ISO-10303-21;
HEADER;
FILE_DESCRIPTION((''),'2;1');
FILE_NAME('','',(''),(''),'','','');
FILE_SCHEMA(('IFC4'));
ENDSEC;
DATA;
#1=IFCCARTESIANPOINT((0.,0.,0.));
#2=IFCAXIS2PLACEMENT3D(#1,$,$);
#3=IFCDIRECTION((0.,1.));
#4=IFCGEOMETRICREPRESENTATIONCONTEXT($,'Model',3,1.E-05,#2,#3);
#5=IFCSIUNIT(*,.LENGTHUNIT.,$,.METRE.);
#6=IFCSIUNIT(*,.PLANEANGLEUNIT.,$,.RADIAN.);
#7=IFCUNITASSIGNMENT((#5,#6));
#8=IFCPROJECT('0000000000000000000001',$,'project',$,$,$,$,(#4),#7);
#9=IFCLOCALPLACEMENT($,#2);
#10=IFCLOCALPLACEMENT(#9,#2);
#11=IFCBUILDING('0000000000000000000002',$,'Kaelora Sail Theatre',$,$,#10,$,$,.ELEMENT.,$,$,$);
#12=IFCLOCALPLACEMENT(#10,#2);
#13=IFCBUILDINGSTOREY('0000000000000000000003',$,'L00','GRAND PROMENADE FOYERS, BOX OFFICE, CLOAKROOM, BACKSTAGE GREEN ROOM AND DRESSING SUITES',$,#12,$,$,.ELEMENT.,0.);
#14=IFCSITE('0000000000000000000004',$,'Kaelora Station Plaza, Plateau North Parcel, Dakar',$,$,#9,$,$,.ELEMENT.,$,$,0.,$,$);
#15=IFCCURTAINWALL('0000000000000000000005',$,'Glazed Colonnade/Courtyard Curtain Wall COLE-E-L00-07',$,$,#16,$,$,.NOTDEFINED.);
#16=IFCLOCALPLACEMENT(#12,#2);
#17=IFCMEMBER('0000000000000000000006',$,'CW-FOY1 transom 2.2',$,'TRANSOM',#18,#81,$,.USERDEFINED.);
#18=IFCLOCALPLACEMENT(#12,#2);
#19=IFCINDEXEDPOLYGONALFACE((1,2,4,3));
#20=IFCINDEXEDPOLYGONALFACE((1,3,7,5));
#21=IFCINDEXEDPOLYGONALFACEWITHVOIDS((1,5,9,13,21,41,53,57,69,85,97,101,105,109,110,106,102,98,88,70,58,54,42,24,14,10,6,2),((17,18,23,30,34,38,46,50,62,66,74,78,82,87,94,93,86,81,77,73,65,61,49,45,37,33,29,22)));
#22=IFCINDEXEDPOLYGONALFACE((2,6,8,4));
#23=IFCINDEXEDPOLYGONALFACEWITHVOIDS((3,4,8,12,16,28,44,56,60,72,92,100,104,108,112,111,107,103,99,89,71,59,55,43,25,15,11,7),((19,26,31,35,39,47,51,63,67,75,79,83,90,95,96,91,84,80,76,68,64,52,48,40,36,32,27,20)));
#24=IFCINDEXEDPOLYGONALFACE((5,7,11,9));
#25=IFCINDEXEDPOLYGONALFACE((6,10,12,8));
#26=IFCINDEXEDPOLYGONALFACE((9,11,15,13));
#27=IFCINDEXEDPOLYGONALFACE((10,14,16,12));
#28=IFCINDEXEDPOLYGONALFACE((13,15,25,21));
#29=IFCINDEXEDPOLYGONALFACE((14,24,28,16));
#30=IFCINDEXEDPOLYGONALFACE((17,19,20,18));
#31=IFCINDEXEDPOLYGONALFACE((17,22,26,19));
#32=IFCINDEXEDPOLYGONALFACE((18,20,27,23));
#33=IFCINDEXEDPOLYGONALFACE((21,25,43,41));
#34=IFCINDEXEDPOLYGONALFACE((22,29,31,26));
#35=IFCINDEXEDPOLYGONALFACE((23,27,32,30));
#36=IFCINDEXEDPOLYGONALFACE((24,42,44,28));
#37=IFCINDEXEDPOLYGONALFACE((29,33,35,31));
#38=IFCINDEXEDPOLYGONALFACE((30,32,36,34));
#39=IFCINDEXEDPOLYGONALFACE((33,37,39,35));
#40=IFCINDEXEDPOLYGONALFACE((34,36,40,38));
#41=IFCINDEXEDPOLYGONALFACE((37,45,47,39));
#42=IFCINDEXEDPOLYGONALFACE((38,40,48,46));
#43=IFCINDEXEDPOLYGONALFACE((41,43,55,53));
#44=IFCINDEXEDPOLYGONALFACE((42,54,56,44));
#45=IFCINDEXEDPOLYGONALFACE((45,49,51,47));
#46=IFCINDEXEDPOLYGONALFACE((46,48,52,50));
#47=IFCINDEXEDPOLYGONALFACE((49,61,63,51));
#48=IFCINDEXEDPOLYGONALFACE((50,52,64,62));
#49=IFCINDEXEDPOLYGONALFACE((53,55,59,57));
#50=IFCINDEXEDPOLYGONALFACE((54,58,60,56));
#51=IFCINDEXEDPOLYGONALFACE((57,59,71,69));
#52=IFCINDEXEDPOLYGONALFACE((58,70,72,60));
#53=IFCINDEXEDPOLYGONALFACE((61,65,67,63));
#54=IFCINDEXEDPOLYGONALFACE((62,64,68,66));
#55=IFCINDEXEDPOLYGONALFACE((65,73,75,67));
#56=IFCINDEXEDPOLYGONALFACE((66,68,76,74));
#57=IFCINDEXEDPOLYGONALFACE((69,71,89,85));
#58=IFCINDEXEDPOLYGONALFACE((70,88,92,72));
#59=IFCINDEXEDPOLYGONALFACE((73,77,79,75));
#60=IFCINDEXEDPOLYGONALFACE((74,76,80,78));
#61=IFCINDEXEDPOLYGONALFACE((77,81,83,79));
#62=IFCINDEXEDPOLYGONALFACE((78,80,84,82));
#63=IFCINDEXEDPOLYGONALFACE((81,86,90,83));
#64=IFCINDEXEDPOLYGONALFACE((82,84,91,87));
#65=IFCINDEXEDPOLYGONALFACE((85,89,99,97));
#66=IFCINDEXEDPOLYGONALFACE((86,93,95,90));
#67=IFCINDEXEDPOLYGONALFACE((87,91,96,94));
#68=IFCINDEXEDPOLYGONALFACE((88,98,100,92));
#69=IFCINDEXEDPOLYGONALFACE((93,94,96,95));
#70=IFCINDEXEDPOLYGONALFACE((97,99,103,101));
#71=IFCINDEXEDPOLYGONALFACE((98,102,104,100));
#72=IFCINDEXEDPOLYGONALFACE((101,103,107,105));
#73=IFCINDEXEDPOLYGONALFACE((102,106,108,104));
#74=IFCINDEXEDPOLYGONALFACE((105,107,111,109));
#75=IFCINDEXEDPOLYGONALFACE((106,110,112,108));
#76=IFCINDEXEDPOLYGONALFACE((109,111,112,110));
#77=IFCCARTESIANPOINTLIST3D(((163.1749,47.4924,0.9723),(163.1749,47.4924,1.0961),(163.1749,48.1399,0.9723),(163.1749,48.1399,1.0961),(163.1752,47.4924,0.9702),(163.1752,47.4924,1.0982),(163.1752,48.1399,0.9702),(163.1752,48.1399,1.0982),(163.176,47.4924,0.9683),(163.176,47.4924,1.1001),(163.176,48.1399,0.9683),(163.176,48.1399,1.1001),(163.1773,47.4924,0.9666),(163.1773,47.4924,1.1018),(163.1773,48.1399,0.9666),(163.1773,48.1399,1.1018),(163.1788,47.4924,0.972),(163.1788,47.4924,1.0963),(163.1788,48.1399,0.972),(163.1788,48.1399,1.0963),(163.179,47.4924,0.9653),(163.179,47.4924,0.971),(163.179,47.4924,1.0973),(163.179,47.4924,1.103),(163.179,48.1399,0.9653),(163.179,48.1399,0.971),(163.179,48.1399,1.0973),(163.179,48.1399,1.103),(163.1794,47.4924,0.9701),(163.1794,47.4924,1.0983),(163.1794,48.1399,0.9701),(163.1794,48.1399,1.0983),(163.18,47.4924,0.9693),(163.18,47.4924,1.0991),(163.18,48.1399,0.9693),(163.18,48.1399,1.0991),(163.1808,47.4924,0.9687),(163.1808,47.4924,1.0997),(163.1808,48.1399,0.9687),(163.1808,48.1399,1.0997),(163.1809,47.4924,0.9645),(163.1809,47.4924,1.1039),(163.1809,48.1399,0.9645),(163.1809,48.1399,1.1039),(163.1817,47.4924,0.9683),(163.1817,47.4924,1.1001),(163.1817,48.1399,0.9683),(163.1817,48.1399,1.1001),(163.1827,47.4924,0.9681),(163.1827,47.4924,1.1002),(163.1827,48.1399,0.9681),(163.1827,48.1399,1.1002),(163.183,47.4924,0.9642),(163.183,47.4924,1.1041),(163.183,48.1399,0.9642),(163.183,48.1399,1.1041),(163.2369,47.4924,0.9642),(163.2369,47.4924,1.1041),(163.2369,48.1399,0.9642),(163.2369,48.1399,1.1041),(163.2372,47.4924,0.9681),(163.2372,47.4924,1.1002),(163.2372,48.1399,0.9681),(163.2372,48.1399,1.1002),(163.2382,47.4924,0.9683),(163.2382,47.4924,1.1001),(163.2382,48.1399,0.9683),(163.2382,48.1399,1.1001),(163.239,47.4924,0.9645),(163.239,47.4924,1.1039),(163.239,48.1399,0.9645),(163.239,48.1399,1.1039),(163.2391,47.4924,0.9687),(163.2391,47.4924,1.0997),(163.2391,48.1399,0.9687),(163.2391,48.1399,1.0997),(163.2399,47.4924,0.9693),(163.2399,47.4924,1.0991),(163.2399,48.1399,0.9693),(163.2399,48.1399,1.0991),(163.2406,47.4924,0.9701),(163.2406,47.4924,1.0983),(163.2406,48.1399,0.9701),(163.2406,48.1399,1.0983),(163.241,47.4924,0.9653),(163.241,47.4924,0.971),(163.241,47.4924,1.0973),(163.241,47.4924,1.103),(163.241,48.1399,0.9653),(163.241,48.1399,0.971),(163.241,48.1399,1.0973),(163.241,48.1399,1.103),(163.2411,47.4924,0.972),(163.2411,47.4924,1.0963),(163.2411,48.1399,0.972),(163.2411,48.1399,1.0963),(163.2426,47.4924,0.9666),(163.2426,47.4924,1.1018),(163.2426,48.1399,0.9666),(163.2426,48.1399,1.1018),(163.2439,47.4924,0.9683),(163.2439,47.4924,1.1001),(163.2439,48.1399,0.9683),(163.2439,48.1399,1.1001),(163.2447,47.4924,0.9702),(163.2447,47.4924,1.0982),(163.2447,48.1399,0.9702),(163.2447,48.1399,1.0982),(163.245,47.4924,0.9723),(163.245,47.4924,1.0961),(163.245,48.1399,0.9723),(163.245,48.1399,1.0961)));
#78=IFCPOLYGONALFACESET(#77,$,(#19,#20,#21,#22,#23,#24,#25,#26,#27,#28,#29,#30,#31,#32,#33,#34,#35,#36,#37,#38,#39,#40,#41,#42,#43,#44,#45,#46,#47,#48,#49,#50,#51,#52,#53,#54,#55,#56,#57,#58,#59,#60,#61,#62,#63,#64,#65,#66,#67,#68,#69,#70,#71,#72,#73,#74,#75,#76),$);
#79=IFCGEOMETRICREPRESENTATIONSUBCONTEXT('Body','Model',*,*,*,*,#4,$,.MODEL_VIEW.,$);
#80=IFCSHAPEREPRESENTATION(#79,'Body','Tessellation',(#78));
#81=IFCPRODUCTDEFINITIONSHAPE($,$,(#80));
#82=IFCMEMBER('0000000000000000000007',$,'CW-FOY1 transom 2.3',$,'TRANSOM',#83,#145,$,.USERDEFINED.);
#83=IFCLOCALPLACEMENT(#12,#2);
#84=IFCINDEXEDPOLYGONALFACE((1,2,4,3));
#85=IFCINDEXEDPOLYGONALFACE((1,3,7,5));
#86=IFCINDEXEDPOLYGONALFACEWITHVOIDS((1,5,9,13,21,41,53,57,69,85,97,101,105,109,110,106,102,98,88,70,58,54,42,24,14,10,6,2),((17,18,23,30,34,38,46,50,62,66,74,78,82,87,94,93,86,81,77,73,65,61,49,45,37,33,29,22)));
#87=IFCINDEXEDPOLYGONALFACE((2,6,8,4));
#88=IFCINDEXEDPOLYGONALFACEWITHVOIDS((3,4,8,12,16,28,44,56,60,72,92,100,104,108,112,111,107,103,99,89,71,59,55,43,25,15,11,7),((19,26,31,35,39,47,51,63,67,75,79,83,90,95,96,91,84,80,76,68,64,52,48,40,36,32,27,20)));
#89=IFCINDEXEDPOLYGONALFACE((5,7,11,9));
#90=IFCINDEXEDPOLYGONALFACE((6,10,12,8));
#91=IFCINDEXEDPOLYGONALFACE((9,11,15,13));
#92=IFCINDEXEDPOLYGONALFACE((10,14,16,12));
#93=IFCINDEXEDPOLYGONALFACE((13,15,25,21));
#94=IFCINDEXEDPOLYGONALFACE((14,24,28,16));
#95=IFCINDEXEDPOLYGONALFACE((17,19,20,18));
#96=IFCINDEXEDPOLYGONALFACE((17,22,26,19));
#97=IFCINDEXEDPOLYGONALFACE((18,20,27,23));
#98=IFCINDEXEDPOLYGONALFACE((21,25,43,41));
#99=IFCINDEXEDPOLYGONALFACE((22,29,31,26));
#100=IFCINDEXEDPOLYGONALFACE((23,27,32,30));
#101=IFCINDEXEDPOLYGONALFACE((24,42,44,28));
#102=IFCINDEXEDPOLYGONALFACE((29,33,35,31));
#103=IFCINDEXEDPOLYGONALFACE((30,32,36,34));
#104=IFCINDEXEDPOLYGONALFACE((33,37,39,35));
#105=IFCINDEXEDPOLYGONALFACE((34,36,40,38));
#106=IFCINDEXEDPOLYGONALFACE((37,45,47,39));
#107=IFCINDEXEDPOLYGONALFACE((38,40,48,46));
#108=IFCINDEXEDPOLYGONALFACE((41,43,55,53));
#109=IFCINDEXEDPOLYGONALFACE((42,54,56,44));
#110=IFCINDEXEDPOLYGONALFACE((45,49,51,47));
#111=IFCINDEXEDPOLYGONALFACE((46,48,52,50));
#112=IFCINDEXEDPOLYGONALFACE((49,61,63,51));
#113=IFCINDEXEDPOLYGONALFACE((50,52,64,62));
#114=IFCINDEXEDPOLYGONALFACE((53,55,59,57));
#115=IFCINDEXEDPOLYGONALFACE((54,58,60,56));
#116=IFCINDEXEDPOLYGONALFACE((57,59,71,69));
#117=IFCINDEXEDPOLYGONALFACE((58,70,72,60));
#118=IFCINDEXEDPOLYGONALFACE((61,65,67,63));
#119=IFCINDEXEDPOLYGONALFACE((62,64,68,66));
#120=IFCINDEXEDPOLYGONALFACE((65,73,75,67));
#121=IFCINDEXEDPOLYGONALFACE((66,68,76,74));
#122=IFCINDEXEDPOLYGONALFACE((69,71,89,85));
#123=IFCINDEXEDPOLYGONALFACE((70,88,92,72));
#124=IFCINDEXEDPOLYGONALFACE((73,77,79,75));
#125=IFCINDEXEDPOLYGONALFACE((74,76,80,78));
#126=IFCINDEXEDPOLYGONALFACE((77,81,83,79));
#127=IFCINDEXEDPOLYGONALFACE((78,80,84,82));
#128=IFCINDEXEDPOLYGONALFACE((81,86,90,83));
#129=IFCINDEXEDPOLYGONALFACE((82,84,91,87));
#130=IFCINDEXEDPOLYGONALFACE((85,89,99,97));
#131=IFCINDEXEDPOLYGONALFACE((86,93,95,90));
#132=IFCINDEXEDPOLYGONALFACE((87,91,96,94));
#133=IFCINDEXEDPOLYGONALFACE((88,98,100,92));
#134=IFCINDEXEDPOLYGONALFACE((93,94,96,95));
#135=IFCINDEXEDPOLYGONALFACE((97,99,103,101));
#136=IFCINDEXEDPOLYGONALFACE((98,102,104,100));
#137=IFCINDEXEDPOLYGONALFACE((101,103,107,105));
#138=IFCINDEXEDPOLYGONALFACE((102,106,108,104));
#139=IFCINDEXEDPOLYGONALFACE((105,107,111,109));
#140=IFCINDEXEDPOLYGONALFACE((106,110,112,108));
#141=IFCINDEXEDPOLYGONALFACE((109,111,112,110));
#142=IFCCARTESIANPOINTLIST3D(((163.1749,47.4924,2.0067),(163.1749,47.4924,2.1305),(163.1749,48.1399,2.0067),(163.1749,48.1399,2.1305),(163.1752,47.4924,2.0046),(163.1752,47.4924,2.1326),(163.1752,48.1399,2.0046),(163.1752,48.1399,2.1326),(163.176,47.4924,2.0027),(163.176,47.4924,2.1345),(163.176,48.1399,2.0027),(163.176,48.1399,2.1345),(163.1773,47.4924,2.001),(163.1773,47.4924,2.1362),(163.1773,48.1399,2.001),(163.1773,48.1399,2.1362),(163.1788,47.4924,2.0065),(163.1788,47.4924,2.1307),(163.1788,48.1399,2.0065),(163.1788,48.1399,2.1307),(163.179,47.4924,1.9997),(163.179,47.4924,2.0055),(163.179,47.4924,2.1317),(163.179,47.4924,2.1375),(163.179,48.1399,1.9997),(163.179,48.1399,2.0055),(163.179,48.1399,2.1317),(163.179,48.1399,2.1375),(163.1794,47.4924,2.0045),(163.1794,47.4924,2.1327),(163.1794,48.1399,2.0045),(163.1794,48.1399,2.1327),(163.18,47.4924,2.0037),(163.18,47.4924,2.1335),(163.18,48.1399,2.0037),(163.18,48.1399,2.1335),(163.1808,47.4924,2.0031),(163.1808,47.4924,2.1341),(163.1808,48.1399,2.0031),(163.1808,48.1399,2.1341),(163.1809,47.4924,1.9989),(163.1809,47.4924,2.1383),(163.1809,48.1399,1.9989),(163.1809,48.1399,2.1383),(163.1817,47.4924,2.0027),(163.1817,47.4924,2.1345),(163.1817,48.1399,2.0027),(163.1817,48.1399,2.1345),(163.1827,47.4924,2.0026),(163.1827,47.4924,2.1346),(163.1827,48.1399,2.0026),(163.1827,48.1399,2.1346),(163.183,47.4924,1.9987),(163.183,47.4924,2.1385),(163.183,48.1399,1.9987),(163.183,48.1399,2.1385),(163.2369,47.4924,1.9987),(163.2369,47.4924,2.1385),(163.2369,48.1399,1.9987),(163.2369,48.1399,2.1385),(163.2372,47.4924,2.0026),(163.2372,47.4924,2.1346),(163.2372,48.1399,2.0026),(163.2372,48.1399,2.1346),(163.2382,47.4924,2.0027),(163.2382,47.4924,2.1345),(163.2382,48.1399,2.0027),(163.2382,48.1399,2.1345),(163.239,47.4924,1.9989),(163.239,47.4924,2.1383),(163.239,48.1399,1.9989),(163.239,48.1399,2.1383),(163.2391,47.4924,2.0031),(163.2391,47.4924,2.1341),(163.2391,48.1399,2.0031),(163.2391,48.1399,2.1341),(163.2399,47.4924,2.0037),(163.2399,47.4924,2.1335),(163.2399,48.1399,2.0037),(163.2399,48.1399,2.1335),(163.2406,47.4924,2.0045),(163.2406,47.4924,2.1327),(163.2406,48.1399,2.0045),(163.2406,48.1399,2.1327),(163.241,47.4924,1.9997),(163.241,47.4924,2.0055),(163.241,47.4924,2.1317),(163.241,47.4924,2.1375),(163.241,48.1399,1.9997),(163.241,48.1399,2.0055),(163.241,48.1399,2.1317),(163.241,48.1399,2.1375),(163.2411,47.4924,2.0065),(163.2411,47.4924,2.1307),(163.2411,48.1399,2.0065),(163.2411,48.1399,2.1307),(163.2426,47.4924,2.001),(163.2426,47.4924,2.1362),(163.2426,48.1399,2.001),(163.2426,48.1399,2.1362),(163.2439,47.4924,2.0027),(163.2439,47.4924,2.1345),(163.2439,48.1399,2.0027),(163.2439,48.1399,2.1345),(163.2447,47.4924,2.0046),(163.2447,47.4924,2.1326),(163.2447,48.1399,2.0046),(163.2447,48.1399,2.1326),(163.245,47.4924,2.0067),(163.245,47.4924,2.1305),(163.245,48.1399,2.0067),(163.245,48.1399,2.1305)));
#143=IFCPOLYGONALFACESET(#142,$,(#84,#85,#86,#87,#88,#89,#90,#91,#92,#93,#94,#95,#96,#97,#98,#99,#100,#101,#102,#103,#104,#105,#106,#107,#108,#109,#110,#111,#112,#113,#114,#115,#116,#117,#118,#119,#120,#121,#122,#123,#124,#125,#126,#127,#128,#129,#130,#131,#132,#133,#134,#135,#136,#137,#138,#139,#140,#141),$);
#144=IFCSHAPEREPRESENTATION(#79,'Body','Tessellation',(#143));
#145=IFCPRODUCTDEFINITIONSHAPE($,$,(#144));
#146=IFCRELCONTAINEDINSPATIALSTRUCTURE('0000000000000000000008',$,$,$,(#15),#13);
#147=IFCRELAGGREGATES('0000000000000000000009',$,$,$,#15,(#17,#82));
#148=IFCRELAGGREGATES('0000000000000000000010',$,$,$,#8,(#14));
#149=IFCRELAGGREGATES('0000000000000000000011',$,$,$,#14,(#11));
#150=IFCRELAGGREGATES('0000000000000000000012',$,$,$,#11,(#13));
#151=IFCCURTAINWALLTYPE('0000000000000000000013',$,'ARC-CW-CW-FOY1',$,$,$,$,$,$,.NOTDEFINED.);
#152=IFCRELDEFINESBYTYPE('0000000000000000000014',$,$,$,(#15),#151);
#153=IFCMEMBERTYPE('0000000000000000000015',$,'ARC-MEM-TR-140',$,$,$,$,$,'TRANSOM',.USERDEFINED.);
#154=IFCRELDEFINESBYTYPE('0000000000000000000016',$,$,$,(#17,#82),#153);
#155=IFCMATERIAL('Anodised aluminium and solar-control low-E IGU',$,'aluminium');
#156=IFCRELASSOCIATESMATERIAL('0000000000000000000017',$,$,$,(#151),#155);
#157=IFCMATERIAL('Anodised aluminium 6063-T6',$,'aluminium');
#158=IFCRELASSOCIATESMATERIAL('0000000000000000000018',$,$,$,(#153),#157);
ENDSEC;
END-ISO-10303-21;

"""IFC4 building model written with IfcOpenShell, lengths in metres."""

from ifc_helpers import new_model, si_unit, direction, frame, origin, origin_2d, place, context, subcontext, project, spatial, hollow_rectangle, extrude, material, material_profile, profile_set, type_object, element, aggregate, save


model = new_model("IFC4")

# Units and contexts
model_context = context("Model", 3, precision=1e-05, world=origin(), true_north=direction((0.0, 1.0)))
body_context = subcontext(model_context, "Body", "Model", "MODEL_VIEW")
ifc_project = project(units=[si_unit("LENGTHUNIT", "METRE"), si_unit("PLANEANGLEUNIT", "RADIAN")], contexts=[model_context])

# Site, building, storey
site_placement = place(None, origin())
site = spatial("IfcSite", under=ifc_project, at=site_placement, Name="Kaelora Station Plaza, Plateau North Parcel, Dakar", CompositionType="ELEMENT", RefElevation=0.0)
building_placement = place(site_placement, origin())
building = spatial("IfcBuilding", under=site, at=building_placement, Name="Kaelora Sail Theatre", CompositionType="ELEMENT")
storey_placement = place(building_placement, origin())
storey = spatial("IfcBuildingStorey", under=building, at=storey_placement, Name="L00", Description="GRAND PROMENADE FOYERS, BOX OFFICE, CLOAKROOM, BACKSTAGE GREEN ROOM AND DRESSING SUITES", CompositionType="ELEMENT", Elevation=0.0)

# Curtain wall
ifc_material_1 = material(Name="Anodised aluminium and solar-control low-E IGU", Category="aluminium")
curtain_wall_type = type_object("IfcCurtainWallType", Name="ARC-CW-CW-FOY1", PredefinedType="NOTDEFINED", material=ifc_material_1)
curtain_wall_1_placement = place(storey_placement, origin())
curtain_wall_1 = element("IfcCurtainWall", 1, at=curtain_wall_1_placement, inside=storey, type_object=curtain_wall_type, Name="Glazed Colonnade/Courtyard Curtain Wall COLE-E-L00-07", PredefinedType="NOTDEFINED")

# Members
ifc_material_2 = material(Name="Anodised aluminium 6063-T6", Category="aluminium")
ifc_material_profile_1 = material_profile(ifc_material_2, hollow_rectangle(XDim=0.0701, YDim=0.1399, WallThickness=0.0039, InnerFilletRadius=0.0039, OuterFilletRadius=0.0081, at=origin_2d()), Name="ALU-TRAN 70x140x4")
ifc_profile_set_1 = profile_set([ifc_material_profile_1], Name="Anodised aluminium 6063-T6")
member_type_1 = type_object("IfcMemberType", Name="ARC-MEM-TR-140", ElementType="TRANSOM", PredefinedType="USERDEFINED", material=ifc_profile_set_1)
member_1_placement = place(storey_placement, frame((163.21, 47.4924, 1.0342), z_axis=(0.0, 1.0, 0.0), x_axis=(-1.0, 0.0, 0.0)))
member_1 = element("IfcMember", 2, at=member_1_placement, type_object=member_type_1, Name="CW-FOY1 transom 2.2", ObjectType="TRANSOM", PredefinedType="USERDEFINED", context=body_context, shape_type="SweptSolid", body=[
    extrude(hollow_rectangle(XDim=0.0701, YDim=0.1399, WallThickness=0.0039, InnerFilletRadius=0.0039, OuterFilletRadius=0.0081, at=origin_2d()), origin(), (0.0, 0.0, 1.0), 0.6475),
])
member_2_placement = place(storey_placement, frame((163.21, 47.4924, 2.0686), z_axis=(0.0, 1.0, 0.0), x_axis=(-1.0, 0.0, 0.0)))
member_2 = element("IfcMember", 3, at=member_2_placement, type_object=member_type_1, Name="CW-FOY1 transom 2.3", ObjectType="TRANSOM", PredefinedType="USERDEFINED", context=body_context, shape_type="SweptSolid", body=[
    extrude(hollow_rectangle(XDim=0.0701, YDim=0.1399, WallThickness=0.0039, InnerFilletRadius=0.0039, OuterFilletRadius=0.0081, at=origin_2d()), origin(), (0.0, 0.0, 1.0), 0.6475),
])

aggregate(curtain_wall_1, [member_1, member_2])

save(model, "model.ifc")
